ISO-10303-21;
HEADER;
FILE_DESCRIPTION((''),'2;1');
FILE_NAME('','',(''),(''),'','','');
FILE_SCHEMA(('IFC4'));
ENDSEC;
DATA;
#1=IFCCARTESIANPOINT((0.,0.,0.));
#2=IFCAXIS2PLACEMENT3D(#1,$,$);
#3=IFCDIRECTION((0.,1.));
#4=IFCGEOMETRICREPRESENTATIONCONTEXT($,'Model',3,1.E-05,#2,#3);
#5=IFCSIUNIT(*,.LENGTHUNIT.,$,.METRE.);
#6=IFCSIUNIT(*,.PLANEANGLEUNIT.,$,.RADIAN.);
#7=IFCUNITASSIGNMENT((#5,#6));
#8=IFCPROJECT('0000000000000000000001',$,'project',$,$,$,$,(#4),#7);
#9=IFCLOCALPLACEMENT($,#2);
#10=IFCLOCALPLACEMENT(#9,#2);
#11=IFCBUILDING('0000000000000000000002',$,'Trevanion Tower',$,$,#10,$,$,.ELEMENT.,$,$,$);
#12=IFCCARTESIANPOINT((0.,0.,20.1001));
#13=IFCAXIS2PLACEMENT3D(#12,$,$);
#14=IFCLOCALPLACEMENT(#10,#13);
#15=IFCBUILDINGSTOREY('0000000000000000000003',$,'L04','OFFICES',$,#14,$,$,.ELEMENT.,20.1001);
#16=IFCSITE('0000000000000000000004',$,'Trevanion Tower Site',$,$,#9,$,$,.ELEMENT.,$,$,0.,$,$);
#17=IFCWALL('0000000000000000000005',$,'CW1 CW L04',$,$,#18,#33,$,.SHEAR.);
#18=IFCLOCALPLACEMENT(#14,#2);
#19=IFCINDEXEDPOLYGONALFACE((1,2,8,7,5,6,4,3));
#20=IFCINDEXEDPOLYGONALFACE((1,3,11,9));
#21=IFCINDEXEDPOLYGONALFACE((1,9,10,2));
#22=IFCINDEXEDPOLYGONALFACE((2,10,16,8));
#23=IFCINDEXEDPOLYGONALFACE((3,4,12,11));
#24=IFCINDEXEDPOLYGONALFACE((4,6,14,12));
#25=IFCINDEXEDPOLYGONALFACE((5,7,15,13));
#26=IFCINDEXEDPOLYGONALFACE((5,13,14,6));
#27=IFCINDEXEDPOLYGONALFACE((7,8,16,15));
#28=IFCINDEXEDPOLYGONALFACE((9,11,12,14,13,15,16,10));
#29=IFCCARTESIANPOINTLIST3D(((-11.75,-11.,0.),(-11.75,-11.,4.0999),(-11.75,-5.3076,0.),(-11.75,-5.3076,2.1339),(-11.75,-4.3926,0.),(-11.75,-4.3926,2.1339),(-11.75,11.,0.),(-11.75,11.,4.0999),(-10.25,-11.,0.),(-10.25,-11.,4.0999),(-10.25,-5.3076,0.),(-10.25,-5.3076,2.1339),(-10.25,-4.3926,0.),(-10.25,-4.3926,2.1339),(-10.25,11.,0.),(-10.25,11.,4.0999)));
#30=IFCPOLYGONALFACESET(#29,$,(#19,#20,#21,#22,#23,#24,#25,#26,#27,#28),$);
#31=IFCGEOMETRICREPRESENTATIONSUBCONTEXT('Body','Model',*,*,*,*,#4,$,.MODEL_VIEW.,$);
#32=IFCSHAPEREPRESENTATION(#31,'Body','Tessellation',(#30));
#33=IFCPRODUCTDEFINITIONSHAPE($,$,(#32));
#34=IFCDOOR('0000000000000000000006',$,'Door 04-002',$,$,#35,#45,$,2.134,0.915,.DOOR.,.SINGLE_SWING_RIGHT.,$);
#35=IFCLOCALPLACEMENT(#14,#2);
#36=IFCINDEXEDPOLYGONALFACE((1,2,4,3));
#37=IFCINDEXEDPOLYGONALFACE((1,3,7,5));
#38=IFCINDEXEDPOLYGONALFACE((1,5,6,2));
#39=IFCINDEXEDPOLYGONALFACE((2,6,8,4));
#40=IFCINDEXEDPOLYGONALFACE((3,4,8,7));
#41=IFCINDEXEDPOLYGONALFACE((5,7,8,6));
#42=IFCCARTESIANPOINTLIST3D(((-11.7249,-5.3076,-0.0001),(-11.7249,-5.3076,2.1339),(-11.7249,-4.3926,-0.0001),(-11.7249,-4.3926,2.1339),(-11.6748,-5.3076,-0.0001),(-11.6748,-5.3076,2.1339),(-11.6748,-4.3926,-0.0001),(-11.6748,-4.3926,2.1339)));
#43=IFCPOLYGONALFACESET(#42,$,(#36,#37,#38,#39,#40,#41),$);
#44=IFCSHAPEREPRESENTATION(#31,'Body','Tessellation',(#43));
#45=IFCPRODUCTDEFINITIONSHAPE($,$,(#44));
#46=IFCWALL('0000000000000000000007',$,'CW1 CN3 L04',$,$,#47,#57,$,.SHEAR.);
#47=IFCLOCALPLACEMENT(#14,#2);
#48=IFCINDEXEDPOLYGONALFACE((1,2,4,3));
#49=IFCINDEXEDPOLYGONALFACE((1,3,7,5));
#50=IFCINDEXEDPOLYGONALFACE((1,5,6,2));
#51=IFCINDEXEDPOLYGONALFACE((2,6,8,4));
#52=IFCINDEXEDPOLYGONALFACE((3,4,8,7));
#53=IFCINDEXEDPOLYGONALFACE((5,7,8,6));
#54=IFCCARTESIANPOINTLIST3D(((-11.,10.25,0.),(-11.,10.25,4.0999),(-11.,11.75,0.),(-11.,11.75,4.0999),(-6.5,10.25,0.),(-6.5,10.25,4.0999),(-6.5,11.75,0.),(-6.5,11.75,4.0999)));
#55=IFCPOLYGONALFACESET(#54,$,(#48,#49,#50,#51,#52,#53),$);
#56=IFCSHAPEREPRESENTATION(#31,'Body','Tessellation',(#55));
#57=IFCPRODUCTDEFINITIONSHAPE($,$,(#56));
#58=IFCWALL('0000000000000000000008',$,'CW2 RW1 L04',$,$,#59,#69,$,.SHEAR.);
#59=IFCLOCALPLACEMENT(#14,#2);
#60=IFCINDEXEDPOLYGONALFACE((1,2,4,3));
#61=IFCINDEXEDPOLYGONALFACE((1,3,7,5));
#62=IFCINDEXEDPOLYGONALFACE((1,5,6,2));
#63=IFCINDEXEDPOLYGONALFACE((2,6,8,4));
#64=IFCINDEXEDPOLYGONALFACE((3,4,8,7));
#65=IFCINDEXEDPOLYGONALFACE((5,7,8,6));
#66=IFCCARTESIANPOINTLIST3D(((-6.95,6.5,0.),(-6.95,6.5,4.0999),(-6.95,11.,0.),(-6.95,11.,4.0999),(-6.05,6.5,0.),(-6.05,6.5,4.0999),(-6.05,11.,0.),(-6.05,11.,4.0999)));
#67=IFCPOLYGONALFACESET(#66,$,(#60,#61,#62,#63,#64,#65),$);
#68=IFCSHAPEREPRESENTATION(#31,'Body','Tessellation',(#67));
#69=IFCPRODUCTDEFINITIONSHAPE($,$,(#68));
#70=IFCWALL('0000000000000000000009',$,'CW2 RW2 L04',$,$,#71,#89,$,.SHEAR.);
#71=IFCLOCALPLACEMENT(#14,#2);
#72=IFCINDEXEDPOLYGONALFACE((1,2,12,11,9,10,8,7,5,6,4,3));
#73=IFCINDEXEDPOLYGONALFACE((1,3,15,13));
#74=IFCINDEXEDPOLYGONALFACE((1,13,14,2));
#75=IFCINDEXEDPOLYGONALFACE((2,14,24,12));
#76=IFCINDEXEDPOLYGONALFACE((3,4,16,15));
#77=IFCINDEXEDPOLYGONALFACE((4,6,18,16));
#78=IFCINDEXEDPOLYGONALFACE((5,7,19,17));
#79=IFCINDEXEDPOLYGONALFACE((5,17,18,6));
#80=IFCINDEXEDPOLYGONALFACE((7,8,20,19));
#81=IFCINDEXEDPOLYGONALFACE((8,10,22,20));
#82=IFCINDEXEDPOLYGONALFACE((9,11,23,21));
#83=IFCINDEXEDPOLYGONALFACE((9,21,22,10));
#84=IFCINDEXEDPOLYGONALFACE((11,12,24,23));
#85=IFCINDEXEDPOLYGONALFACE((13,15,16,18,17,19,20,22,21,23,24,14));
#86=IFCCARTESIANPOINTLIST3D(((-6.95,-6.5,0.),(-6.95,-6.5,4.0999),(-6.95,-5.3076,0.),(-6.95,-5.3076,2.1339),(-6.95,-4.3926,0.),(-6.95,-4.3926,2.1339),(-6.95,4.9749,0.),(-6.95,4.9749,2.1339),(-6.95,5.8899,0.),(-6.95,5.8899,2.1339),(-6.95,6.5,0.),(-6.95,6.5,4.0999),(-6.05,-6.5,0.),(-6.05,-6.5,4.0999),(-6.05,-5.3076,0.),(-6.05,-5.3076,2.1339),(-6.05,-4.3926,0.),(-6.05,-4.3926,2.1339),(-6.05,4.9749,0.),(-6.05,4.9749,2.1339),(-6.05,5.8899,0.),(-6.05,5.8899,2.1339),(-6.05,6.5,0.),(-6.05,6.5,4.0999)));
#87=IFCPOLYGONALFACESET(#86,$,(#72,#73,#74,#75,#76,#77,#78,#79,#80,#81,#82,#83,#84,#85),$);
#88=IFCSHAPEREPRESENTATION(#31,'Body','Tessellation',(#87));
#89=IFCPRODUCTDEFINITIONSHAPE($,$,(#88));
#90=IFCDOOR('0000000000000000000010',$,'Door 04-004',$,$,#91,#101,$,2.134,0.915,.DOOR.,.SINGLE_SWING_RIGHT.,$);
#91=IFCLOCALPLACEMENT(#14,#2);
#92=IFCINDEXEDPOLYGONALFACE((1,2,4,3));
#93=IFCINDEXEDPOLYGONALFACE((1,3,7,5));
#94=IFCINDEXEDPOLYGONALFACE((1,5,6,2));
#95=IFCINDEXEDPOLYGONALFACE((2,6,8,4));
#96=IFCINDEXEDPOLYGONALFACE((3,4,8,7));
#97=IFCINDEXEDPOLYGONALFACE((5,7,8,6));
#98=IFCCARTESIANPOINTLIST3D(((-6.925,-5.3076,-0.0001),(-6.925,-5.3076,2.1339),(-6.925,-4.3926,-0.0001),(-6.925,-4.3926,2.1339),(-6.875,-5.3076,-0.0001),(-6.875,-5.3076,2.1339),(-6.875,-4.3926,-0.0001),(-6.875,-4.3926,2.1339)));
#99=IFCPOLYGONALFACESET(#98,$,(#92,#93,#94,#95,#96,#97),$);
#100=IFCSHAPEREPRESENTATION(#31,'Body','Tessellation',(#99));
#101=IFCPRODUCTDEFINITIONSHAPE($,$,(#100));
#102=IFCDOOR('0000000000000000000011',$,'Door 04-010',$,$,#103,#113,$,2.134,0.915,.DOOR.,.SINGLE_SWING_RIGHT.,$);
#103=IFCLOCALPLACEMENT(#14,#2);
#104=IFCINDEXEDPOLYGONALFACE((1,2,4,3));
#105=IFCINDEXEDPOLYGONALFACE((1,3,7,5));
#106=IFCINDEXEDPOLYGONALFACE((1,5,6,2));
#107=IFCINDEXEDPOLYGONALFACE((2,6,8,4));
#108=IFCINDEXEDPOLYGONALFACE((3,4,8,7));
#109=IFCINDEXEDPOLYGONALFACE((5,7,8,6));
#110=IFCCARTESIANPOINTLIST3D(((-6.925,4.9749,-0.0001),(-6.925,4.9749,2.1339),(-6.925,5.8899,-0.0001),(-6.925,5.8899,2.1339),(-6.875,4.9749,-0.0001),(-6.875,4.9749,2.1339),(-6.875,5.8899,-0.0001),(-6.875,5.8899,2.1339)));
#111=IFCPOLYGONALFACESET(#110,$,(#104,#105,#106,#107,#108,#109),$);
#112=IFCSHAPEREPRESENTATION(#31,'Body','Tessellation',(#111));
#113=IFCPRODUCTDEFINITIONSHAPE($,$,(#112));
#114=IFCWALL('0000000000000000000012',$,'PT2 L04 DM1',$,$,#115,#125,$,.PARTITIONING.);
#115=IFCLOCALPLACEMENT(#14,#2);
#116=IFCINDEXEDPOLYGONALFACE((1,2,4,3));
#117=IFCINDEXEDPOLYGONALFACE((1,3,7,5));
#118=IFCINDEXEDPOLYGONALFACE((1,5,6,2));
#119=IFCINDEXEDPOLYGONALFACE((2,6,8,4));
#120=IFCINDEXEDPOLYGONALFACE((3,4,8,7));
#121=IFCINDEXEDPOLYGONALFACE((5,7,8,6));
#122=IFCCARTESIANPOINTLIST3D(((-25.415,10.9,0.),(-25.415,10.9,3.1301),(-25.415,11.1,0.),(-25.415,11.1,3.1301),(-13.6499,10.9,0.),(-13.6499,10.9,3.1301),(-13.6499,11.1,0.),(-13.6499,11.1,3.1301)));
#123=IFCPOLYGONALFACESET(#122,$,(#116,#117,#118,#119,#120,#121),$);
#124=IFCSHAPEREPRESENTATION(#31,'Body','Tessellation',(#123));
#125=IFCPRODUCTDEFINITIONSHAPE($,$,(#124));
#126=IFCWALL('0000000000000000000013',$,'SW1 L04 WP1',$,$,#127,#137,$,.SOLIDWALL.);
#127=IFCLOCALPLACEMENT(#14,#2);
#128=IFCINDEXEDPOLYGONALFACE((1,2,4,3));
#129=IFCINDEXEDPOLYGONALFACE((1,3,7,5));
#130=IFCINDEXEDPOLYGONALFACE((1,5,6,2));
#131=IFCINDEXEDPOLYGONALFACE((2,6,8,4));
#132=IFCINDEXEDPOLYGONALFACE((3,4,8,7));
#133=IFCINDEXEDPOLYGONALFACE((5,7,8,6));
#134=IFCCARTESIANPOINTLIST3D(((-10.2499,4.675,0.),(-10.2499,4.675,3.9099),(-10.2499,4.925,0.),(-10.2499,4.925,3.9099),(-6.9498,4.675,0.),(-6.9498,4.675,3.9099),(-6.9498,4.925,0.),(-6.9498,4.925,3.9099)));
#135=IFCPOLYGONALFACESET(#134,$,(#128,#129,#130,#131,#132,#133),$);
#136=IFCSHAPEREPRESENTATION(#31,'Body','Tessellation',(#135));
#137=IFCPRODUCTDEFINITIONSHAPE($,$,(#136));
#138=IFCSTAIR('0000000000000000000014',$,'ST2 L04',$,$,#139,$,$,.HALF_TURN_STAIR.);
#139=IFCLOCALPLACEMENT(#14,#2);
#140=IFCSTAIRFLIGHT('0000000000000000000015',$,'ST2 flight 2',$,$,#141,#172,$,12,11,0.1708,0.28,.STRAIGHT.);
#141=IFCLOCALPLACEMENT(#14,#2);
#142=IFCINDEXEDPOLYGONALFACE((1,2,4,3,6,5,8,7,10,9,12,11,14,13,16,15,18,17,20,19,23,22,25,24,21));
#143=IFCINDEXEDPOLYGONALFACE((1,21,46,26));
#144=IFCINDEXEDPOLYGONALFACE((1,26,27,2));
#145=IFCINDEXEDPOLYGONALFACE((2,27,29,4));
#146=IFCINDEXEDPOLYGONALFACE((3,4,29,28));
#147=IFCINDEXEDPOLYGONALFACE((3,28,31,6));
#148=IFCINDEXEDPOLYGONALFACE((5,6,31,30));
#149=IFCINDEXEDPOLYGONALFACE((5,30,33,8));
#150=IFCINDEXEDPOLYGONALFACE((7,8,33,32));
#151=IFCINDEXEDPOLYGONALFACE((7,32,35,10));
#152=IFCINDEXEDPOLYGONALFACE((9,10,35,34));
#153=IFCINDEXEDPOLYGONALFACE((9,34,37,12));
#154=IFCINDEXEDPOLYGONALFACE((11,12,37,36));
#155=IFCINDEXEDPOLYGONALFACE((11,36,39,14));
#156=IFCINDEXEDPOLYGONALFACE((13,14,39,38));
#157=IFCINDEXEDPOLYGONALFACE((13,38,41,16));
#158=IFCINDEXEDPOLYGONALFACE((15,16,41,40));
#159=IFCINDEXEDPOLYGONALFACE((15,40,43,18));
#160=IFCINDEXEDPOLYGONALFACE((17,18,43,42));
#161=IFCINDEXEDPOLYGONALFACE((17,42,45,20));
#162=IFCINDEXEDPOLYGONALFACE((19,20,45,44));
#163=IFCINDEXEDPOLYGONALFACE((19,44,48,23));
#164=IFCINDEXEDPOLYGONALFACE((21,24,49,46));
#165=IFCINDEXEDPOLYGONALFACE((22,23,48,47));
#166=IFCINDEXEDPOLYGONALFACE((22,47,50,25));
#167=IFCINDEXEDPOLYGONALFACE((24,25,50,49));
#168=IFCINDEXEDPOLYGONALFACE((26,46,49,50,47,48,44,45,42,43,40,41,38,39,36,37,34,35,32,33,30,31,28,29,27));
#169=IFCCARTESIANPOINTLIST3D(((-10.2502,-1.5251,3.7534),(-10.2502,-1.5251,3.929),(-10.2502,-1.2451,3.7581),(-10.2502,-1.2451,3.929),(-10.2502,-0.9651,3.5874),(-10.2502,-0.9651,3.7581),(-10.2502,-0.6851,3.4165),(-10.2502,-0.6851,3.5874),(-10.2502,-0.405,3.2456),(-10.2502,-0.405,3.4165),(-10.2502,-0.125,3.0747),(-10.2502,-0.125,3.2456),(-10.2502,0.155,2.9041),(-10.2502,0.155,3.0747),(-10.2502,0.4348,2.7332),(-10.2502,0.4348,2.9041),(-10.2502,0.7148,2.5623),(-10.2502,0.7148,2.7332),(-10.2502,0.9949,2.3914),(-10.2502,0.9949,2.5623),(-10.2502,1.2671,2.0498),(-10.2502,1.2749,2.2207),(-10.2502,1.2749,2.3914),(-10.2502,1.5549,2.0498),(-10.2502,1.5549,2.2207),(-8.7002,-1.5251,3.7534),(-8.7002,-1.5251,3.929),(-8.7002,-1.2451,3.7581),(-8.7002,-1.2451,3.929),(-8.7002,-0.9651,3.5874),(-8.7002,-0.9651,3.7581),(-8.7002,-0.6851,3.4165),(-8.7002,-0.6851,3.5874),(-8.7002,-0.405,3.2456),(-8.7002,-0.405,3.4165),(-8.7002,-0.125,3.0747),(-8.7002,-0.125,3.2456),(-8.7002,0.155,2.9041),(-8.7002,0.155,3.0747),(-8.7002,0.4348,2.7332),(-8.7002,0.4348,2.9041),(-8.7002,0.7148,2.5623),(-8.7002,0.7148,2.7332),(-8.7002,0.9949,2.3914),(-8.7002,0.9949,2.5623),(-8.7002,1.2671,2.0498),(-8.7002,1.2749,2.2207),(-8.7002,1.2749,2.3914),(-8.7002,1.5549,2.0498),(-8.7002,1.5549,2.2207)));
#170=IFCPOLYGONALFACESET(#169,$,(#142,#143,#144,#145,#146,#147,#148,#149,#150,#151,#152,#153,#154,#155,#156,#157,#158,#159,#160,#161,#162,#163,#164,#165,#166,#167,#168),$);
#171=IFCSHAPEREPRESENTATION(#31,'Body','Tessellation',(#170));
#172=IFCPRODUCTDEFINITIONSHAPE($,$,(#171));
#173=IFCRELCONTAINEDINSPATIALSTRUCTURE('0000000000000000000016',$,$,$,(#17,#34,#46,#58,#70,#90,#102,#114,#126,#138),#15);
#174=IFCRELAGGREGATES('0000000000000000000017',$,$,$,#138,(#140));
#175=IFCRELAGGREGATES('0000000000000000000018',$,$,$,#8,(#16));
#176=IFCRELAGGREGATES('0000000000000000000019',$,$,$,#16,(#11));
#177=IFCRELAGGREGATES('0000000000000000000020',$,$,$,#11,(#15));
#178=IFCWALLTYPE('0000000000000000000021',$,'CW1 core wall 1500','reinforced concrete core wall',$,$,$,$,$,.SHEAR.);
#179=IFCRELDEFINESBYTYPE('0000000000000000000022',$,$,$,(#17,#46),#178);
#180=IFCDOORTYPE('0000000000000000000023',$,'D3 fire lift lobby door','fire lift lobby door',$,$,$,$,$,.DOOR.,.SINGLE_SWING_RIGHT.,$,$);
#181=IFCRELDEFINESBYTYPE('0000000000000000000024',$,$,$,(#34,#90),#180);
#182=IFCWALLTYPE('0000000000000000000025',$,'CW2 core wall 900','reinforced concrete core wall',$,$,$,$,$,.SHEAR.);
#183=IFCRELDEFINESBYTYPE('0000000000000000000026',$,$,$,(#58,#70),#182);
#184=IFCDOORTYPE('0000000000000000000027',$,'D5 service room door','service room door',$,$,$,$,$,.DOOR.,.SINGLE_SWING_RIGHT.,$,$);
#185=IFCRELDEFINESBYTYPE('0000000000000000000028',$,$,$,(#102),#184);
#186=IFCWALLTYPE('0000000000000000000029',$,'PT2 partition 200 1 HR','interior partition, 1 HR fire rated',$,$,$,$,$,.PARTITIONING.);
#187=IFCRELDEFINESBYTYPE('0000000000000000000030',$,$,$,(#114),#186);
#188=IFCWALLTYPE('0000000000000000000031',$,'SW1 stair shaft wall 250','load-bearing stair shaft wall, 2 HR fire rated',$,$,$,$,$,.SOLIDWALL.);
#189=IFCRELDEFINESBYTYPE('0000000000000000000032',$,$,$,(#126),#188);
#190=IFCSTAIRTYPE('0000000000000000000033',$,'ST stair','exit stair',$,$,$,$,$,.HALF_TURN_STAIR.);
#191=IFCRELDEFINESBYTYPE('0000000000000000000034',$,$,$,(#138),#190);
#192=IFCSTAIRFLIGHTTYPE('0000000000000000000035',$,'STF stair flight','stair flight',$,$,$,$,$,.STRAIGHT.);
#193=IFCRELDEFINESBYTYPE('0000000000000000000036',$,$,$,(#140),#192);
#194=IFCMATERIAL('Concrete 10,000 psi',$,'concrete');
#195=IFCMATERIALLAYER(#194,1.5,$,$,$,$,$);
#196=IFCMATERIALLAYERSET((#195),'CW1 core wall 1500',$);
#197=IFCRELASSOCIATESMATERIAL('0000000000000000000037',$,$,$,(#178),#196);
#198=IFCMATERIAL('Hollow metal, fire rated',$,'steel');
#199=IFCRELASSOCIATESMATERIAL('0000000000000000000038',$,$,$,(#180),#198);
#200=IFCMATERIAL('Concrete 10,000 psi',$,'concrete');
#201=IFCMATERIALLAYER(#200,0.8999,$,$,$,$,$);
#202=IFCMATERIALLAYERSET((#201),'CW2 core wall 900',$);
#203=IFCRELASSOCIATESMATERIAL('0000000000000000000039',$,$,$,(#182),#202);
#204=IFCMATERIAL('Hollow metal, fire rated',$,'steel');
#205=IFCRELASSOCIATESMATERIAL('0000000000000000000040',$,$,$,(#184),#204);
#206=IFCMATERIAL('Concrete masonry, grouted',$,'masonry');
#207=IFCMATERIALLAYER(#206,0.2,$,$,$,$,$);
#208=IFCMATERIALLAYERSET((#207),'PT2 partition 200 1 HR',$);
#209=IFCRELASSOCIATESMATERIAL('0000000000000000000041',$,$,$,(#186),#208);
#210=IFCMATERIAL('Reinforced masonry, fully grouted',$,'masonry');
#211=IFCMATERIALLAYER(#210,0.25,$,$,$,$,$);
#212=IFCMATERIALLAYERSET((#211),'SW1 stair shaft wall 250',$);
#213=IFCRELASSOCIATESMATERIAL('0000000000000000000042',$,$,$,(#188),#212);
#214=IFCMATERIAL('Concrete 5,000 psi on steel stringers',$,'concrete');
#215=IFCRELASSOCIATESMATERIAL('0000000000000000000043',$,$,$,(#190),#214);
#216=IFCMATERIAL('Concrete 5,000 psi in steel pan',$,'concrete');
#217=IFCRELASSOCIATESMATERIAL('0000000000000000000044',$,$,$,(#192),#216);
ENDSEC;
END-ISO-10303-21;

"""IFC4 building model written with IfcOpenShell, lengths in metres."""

from ifc_helpers import new_model, si_unit, direction, frame, frame_2d, origin, place, context, subcontext, project, spatial, polyline, rectangle, outline, extrude, material, layer, layer_set, type_object, element, fill, aggregate, save


model = new_model("IFC4")

# Units and contexts
model_context = context("Model", 3, precision=1e-05, world=origin(), true_north=direction((0.0, 1.0)))
body_context = subcontext(model_context, "Body", "Model", "MODEL_VIEW")
ifc_project = project(units=[si_unit("LENGTHUNIT", "METRE"), si_unit("PLANEANGLEUNIT", "RADIAN")], contexts=[model_context])

# Site, building, storey
site_placement = place(None, origin())
site = spatial("IfcSite", under=ifc_project, at=site_placement, Name="Trevanion Tower Site", CompositionType="ELEMENT", RefElevation=0.0)
building_placement = place(site_placement, origin())
building = spatial("IfcBuilding", under=site, at=building_placement, Name="Trevanion Tower", CompositionType="ELEMENT")
storey_placement = place(building_placement, frame((0.0, 0.0, 20.1001)))
storey = spatial("IfcBuildingStorey", under=building, at=storey_placement, Name="L04", Description="OFFICES", CompositionType="ELEMENT", Elevation=20.1001)

# Wall, opening, door
ifc_material_1 = material(Name="Concrete 10,000 psi", Category="concrete")
ifc_layer_1 = layer(ifc_material_1, 1.5)
ifc_layer_set_1 = layer_set([ifc_layer_1], Name="CW1 core wall 1500")
wall_type_1 = type_object("IfcWallType", Name="CW1 core wall 1500", Description="reinforced concrete core wall", PredefinedType="SHEAR", material=ifc_layer_set_1)
wall_1_placement = place(storey_placement, frame((-11.0, 11.0, 0.0), z_axis=(0.0, 0.0, 1.0), x_axis=(0.0, -1.0, 0.0)))
wall_1 = element("IfcWall", 1, at=wall_1_placement, inside=storey, type_object=wall_type_1, Name="CW1 CW L04", PredefinedType="SHEAR", context=body_context, shape_type="SweptSolid", body=[
    extrude(rectangle(XDim=22.0, YDim=1.5, at=frame_2d((11.0, 0.0))), origin(), (0.0, 0.0, 1.0), 4.0999),
])
opening_1_placement = place(wall_1_placement, frame((15.3926, 0.0, 0.0)))
opening_1 = element("IfcOpeningElement", 2, at=opening_1_placement, cuts=wall_1, PredefinedType="OPENING", context=body_context, shape_type="SweptSolid", body=[
    extrude(rectangle(XDim=0.915, YDim=2.134, at=frame_2d((0.4575, 1.0669))), frame((0.0, 0.76, 0.0), z_axis=(0.0, -1.0, 0.0), x_axis=(1.0, 0.0, 0.0)), (0.0, 0.0, 1.0), 1.52),
])
ifc_material_2 = material(Name="Hollow metal, fire rated", Category="steel")
door_type_1 = type_object("IfcDoorType", Name="D3 fire lift lobby door", Description="fire lift lobby door", OperationType="SINGLE_SWING_RIGHT", PredefinedType="DOOR", material=ifc_material_2)
door_1_placement = place(opening_1_placement, origin())
door_1 = element("IfcDoor", 3, at=door_1_placement, inside=storey, type_object=door_type_1, Name="Door 04-002", OperationType="SINGLE_SWING_RIGHT", OverallHeight=2.134, OverallWidth=0.915, PredefinedType="DOOR", context=body_context, shape_type="SweptSolid", body=[
    extrude(rectangle(XDim=0.915, YDim=2.134, at=frame_2d((0.4575, 1.0669))), frame((0.0, -0.6748, 0.0), z_axis=(0.0, -1.0, 0.0), x_axis=(1.0, 0.0, 0.0)), (0.0, 0.0, 1.0), 0.05),
])
fill(opening_1, door_1)

# Walls
wall_2_placement = place(storey_placement, frame((-6.5, 11.0, 0.0), z_axis=(0.0, 0.0, 1.0), x_axis=(-1.0, 0.0, 0.0)))
element("IfcWall", 4, at=wall_2_placement, inside=storey, type_object=wall_type_1, Name="CW1 CN3 L04", PredefinedType="SHEAR", context=body_context, shape_type="SweptSolid", body=[
    extrude(rectangle(XDim=4.5, YDim=1.5, at=frame_2d((2.25, 0.0))), origin(), (0.0, 0.0, 1.0), 4.0999),
])
ifc_material_3 = material(Name="Concrete 10,000 psi", Category="concrete")
ifc_layer_2 = layer(ifc_material_3, 0.8999)
ifc_layer_set_2 = layer_set([ifc_layer_2], Name="CW2 core wall 900")
wall_type_2 = type_object("IfcWallType", Name="CW2 core wall 900", Description="reinforced concrete core wall", PredefinedType="SHEAR", material=ifc_layer_set_2)
wall_3_placement = place(storey_placement, frame((-6.5, 11.0, 0.0), z_axis=(0.0, 0.0, 1.0), x_axis=(0.0, -1.0, 0.0)))
element("IfcWall", 5, at=wall_3_placement, inside=storey, type_object=wall_type_2, Name="CW2 RW1 L04", PredefinedType="SHEAR", context=body_context, shape_type="SweptSolid", body=[
    extrude(rectangle(XDim=4.5, YDim=0.8999, at=frame_2d((2.25, 0.0))), origin(), (0.0, 0.0, 1.0), 4.0999),
])

# Wall, openings, doors
wall_4_placement = place(storey_placement, frame((-6.5, 6.5, 0.0), z_axis=(0.0, 0.0, 1.0), x_axis=(0.0, -1.0, 0.0)))
wall_4 = element("IfcWall", 6, at=wall_4_placement, inside=storey, type_object=wall_type_2, Name="CW2 RW2 L04", PredefinedType="SHEAR", context=body_context, shape_type="SweptSolid", body=[
    extrude(rectangle(XDim=13.0, YDim=0.8999, at=frame_2d((6.5, 0.0))), origin(), (0.0, 0.0, 1.0), 4.0999),
])
opening_2_placement = place(wall_4_placement, frame((10.8926, 0.0, 0.0)))
opening_2 = element("IfcOpeningElement", 7, at=opening_2_placement, cuts=wall_4, PredefinedType="OPENING", context=body_context, shape_type="SweptSolid", body=[
    extrude(rectangle(XDim=0.915, YDim=2.134, at=frame_2d((0.4575, 1.0669))), frame((0.0, 0.46, 0.0), z_axis=(0.0, -1.0, 0.0), x_axis=(1.0, 0.0, 0.0)), (0.0, 0.0, 1.0), 0.9199),
])
opening_3_placement = place(wall_4_placement, frame((0.6101, 0.0, 0.0)))
opening_3 = element("IfcOpeningElement", 8, at=opening_3_placement, cuts=wall_4, PredefinedType="OPENING", context=body_context, shape_type="SweptSolid", body=[
    extrude(rectangle(XDim=0.915, YDim=2.134, at=frame_2d((0.4575, 1.0669))), frame((0.0, 0.46, 0.0), z_axis=(0.0, -1.0, 0.0), x_axis=(1.0, 0.0, 0.0)), (0.0, 0.0, 1.0), 0.9199),
])
door_2_placement = place(opening_2_placement, origin())
door_2 = element("IfcDoor", 9, at=door_2_placement, inside=storey, type_object=door_type_1, Name="Door 04-004", OperationType="SINGLE_SWING_RIGHT", OverallHeight=2.134, OverallWidth=0.915, PredefinedType="DOOR", context=body_context, shape_type="SweptSolid", body=[
    extrude(rectangle(XDim=0.915, YDim=2.134, at=frame_2d((0.4575, 1.0669))), frame((0.0, -0.375, 0.0), z_axis=(0.0, -1.0, 0.0), x_axis=(1.0, 0.0, 0.0)), (0.0, 0.0, 1.0), 0.05),
])
fill(opening_2, door_2)
ifc_material_4 = material(Name="Hollow metal, fire rated", Category="steel")
door_type_2 = type_object("IfcDoorType", Name="D5 service room door", Description="service room door", OperationType="SINGLE_SWING_RIGHT", PredefinedType="DOOR", material=ifc_material_4)
door_3_placement = place(opening_3_placement, origin())
door_3 = element("IfcDoor", 10, at=door_3_placement, inside=storey, type_object=door_type_2, Name="Door 04-010", OperationType="SINGLE_SWING_RIGHT", OverallHeight=2.134, OverallWidth=0.915, PredefinedType="DOOR", context=body_context, shape_type="SweptSolid", body=[
    extrude(rectangle(XDim=0.915, YDim=2.134, at=frame_2d((0.4575, 1.0669))), frame((0.0, -0.375, 0.0), z_axis=(0.0, -1.0, 0.0), x_axis=(1.0, 0.0, 0.0)), (0.0, 0.0, 1.0), 0.05),
])
fill(opening_3, door_3)

# Walls
ifc_material_5 = material(Name="Concrete masonry, grouted", Category="masonry")
ifc_layer_3 = layer(ifc_material_5, 0.2)
ifc_layer_set_3 = layer_set([ifc_layer_3], Name="PT2 partition 200 1 HR")
wall_type_3 = type_object("IfcWallType", Name="PT2 partition 200 1 HR", Description="interior partition, 1 HR fire rated", PredefinedType="PARTITIONING", material=ifc_layer_set_3)
wall_5_placement = place(storey_placement, frame((-13.6499, 11.0, 0.0), z_axis=(0.0, 0.0, 1.0), x_axis=(-1.0, 0.0, 0.0)))
element("IfcWall", 11, at=wall_5_placement, inside=storey, type_object=wall_type_3, Name="PT2 L04 DM1", PredefinedType="PARTITIONING", context=body_context, shape_type="SweptSolid", body=[
    extrude(rectangle(XDim=11.7651, YDim=0.2, at=frame_2d((5.8826, 0.0))), origin(), (0.0, 0.0, 1.0), 3.1301),
])
ifc_material_6 = material(Name="Reinforced masonry, fully grouted", Category="masonry")
ifc_layer_4 = layer(ifc_material_6, 0.25)
ifc_layer_set_4 = layer_set([ifc_layer_4], Name="SW1 stair shaft wall 250")
wall_type_4 = type_object("IfcWallType", Name="SW1 stair shaft wall 250", Description="load-bearing stair shaft wall, 2 HR fire rated", PredefinedType="SOLIDWALL", material=ifc_layer_set_4)
wall_6_placement = place(storey_placement, frame((-6.95, 4.8, 0.0), z_axis=(0.0, 0.0, 1.0), x_axis=(-1.0, 0.0, 0.0)))
element("IfcWall", 12, at=wall_6_placement, inside=storey, type_object=wall_type_4, Name="SW1 L04 WP1", PredefinedType="SOLIDWALL", context=body_context, shape_type="SweptSolid", body=[
    extrude(rectangle(XDim=3.3, YDim=0.25, at=frame_2d((1.6499, 0.0))), origin(), (0.0, 0.0, 1.0), 3.9099),
])

# Stair, stair flight
ifc_material_7 = material(Name="Concrete 5,000 psi on steel stringers", Category="concrete")
stair_type = type_object("IfcStairType", Name="ST stair", Description="exit stair", PredefinedType="HALF_TURN_STAIR", material=ifc_material_7)
stair_placement = place(storey_placement, origin())
stair = element("IfcStair", 13, at=stair_placement, inside=storey, type_object=stair_type, Name="ST2 L04", PredefinedType="HALF_TURN_STAIR")
ifc_material_8 = material(Name="Concrete 5,000 psi in steel pan", Category="concrete")
stair_flight_type = type_object("IfcStairFlightType", Name="STF stair flight", Description="stair flight", PredefinedType="STRAIGHT", material=ifc_material_8)
stair_flight_placement = place(storey_placement, frame((-9.4751, 1.5549, 2.0498), z_axis=(0.0, 0.0, 1.0), x_axis=(0.0, -1.0, 0.0)))
stair_flight = element("IfcStairFlight", 14, at=stair_flight_placement, type_object=stair_flight_type, Name="ST2 flight 2", NumberOfRisers=12, NumberOfTreads=11, PredefinedType="STRAIGHT", RiserHeight=0.1708, TreadLength=0.28, context=body_context, shape_type="SweptSolid", body=[
    extrude(outline(polyline([(0.0, 0.0), (0.0, 0.1709), (0.28, 0.1709), (0.28, 0.3416), (0.5601, 0.3416), (0.5601, 0.5125), (0.8401, 0.5125), (0.8401, 0.6833), (1.1201, 0.6833), (1.1201, 0.8542), (1.3999, 0.8542), (1.3999, 1.0249), (1.6799, 1.0249), (1.6799, 1.1958), (1.96, 1.1958), (1.96, 1.3667), (2.24, 1.3667), (2.24, 1.5376), (2.52, 1.5376), (2.52, 1.7083), (2.8, 1.7083), (2.8, 1.8792), (3.0801, 1.8792), (3.0801, 2.05), (3.0801, 1.7036), (0.2878, 0.0), (0.0, 0.0)])), frame((0.0, 0.7749, 0.0), z_axis=(0.0, -1.0, 0.0), x_axis=(1.0, 0.0, 0.0)), (0.0, 0.0, 1.0), 1.55),
])
aggregate(stair, [stair_flight])

save(model, "model.ifc")
